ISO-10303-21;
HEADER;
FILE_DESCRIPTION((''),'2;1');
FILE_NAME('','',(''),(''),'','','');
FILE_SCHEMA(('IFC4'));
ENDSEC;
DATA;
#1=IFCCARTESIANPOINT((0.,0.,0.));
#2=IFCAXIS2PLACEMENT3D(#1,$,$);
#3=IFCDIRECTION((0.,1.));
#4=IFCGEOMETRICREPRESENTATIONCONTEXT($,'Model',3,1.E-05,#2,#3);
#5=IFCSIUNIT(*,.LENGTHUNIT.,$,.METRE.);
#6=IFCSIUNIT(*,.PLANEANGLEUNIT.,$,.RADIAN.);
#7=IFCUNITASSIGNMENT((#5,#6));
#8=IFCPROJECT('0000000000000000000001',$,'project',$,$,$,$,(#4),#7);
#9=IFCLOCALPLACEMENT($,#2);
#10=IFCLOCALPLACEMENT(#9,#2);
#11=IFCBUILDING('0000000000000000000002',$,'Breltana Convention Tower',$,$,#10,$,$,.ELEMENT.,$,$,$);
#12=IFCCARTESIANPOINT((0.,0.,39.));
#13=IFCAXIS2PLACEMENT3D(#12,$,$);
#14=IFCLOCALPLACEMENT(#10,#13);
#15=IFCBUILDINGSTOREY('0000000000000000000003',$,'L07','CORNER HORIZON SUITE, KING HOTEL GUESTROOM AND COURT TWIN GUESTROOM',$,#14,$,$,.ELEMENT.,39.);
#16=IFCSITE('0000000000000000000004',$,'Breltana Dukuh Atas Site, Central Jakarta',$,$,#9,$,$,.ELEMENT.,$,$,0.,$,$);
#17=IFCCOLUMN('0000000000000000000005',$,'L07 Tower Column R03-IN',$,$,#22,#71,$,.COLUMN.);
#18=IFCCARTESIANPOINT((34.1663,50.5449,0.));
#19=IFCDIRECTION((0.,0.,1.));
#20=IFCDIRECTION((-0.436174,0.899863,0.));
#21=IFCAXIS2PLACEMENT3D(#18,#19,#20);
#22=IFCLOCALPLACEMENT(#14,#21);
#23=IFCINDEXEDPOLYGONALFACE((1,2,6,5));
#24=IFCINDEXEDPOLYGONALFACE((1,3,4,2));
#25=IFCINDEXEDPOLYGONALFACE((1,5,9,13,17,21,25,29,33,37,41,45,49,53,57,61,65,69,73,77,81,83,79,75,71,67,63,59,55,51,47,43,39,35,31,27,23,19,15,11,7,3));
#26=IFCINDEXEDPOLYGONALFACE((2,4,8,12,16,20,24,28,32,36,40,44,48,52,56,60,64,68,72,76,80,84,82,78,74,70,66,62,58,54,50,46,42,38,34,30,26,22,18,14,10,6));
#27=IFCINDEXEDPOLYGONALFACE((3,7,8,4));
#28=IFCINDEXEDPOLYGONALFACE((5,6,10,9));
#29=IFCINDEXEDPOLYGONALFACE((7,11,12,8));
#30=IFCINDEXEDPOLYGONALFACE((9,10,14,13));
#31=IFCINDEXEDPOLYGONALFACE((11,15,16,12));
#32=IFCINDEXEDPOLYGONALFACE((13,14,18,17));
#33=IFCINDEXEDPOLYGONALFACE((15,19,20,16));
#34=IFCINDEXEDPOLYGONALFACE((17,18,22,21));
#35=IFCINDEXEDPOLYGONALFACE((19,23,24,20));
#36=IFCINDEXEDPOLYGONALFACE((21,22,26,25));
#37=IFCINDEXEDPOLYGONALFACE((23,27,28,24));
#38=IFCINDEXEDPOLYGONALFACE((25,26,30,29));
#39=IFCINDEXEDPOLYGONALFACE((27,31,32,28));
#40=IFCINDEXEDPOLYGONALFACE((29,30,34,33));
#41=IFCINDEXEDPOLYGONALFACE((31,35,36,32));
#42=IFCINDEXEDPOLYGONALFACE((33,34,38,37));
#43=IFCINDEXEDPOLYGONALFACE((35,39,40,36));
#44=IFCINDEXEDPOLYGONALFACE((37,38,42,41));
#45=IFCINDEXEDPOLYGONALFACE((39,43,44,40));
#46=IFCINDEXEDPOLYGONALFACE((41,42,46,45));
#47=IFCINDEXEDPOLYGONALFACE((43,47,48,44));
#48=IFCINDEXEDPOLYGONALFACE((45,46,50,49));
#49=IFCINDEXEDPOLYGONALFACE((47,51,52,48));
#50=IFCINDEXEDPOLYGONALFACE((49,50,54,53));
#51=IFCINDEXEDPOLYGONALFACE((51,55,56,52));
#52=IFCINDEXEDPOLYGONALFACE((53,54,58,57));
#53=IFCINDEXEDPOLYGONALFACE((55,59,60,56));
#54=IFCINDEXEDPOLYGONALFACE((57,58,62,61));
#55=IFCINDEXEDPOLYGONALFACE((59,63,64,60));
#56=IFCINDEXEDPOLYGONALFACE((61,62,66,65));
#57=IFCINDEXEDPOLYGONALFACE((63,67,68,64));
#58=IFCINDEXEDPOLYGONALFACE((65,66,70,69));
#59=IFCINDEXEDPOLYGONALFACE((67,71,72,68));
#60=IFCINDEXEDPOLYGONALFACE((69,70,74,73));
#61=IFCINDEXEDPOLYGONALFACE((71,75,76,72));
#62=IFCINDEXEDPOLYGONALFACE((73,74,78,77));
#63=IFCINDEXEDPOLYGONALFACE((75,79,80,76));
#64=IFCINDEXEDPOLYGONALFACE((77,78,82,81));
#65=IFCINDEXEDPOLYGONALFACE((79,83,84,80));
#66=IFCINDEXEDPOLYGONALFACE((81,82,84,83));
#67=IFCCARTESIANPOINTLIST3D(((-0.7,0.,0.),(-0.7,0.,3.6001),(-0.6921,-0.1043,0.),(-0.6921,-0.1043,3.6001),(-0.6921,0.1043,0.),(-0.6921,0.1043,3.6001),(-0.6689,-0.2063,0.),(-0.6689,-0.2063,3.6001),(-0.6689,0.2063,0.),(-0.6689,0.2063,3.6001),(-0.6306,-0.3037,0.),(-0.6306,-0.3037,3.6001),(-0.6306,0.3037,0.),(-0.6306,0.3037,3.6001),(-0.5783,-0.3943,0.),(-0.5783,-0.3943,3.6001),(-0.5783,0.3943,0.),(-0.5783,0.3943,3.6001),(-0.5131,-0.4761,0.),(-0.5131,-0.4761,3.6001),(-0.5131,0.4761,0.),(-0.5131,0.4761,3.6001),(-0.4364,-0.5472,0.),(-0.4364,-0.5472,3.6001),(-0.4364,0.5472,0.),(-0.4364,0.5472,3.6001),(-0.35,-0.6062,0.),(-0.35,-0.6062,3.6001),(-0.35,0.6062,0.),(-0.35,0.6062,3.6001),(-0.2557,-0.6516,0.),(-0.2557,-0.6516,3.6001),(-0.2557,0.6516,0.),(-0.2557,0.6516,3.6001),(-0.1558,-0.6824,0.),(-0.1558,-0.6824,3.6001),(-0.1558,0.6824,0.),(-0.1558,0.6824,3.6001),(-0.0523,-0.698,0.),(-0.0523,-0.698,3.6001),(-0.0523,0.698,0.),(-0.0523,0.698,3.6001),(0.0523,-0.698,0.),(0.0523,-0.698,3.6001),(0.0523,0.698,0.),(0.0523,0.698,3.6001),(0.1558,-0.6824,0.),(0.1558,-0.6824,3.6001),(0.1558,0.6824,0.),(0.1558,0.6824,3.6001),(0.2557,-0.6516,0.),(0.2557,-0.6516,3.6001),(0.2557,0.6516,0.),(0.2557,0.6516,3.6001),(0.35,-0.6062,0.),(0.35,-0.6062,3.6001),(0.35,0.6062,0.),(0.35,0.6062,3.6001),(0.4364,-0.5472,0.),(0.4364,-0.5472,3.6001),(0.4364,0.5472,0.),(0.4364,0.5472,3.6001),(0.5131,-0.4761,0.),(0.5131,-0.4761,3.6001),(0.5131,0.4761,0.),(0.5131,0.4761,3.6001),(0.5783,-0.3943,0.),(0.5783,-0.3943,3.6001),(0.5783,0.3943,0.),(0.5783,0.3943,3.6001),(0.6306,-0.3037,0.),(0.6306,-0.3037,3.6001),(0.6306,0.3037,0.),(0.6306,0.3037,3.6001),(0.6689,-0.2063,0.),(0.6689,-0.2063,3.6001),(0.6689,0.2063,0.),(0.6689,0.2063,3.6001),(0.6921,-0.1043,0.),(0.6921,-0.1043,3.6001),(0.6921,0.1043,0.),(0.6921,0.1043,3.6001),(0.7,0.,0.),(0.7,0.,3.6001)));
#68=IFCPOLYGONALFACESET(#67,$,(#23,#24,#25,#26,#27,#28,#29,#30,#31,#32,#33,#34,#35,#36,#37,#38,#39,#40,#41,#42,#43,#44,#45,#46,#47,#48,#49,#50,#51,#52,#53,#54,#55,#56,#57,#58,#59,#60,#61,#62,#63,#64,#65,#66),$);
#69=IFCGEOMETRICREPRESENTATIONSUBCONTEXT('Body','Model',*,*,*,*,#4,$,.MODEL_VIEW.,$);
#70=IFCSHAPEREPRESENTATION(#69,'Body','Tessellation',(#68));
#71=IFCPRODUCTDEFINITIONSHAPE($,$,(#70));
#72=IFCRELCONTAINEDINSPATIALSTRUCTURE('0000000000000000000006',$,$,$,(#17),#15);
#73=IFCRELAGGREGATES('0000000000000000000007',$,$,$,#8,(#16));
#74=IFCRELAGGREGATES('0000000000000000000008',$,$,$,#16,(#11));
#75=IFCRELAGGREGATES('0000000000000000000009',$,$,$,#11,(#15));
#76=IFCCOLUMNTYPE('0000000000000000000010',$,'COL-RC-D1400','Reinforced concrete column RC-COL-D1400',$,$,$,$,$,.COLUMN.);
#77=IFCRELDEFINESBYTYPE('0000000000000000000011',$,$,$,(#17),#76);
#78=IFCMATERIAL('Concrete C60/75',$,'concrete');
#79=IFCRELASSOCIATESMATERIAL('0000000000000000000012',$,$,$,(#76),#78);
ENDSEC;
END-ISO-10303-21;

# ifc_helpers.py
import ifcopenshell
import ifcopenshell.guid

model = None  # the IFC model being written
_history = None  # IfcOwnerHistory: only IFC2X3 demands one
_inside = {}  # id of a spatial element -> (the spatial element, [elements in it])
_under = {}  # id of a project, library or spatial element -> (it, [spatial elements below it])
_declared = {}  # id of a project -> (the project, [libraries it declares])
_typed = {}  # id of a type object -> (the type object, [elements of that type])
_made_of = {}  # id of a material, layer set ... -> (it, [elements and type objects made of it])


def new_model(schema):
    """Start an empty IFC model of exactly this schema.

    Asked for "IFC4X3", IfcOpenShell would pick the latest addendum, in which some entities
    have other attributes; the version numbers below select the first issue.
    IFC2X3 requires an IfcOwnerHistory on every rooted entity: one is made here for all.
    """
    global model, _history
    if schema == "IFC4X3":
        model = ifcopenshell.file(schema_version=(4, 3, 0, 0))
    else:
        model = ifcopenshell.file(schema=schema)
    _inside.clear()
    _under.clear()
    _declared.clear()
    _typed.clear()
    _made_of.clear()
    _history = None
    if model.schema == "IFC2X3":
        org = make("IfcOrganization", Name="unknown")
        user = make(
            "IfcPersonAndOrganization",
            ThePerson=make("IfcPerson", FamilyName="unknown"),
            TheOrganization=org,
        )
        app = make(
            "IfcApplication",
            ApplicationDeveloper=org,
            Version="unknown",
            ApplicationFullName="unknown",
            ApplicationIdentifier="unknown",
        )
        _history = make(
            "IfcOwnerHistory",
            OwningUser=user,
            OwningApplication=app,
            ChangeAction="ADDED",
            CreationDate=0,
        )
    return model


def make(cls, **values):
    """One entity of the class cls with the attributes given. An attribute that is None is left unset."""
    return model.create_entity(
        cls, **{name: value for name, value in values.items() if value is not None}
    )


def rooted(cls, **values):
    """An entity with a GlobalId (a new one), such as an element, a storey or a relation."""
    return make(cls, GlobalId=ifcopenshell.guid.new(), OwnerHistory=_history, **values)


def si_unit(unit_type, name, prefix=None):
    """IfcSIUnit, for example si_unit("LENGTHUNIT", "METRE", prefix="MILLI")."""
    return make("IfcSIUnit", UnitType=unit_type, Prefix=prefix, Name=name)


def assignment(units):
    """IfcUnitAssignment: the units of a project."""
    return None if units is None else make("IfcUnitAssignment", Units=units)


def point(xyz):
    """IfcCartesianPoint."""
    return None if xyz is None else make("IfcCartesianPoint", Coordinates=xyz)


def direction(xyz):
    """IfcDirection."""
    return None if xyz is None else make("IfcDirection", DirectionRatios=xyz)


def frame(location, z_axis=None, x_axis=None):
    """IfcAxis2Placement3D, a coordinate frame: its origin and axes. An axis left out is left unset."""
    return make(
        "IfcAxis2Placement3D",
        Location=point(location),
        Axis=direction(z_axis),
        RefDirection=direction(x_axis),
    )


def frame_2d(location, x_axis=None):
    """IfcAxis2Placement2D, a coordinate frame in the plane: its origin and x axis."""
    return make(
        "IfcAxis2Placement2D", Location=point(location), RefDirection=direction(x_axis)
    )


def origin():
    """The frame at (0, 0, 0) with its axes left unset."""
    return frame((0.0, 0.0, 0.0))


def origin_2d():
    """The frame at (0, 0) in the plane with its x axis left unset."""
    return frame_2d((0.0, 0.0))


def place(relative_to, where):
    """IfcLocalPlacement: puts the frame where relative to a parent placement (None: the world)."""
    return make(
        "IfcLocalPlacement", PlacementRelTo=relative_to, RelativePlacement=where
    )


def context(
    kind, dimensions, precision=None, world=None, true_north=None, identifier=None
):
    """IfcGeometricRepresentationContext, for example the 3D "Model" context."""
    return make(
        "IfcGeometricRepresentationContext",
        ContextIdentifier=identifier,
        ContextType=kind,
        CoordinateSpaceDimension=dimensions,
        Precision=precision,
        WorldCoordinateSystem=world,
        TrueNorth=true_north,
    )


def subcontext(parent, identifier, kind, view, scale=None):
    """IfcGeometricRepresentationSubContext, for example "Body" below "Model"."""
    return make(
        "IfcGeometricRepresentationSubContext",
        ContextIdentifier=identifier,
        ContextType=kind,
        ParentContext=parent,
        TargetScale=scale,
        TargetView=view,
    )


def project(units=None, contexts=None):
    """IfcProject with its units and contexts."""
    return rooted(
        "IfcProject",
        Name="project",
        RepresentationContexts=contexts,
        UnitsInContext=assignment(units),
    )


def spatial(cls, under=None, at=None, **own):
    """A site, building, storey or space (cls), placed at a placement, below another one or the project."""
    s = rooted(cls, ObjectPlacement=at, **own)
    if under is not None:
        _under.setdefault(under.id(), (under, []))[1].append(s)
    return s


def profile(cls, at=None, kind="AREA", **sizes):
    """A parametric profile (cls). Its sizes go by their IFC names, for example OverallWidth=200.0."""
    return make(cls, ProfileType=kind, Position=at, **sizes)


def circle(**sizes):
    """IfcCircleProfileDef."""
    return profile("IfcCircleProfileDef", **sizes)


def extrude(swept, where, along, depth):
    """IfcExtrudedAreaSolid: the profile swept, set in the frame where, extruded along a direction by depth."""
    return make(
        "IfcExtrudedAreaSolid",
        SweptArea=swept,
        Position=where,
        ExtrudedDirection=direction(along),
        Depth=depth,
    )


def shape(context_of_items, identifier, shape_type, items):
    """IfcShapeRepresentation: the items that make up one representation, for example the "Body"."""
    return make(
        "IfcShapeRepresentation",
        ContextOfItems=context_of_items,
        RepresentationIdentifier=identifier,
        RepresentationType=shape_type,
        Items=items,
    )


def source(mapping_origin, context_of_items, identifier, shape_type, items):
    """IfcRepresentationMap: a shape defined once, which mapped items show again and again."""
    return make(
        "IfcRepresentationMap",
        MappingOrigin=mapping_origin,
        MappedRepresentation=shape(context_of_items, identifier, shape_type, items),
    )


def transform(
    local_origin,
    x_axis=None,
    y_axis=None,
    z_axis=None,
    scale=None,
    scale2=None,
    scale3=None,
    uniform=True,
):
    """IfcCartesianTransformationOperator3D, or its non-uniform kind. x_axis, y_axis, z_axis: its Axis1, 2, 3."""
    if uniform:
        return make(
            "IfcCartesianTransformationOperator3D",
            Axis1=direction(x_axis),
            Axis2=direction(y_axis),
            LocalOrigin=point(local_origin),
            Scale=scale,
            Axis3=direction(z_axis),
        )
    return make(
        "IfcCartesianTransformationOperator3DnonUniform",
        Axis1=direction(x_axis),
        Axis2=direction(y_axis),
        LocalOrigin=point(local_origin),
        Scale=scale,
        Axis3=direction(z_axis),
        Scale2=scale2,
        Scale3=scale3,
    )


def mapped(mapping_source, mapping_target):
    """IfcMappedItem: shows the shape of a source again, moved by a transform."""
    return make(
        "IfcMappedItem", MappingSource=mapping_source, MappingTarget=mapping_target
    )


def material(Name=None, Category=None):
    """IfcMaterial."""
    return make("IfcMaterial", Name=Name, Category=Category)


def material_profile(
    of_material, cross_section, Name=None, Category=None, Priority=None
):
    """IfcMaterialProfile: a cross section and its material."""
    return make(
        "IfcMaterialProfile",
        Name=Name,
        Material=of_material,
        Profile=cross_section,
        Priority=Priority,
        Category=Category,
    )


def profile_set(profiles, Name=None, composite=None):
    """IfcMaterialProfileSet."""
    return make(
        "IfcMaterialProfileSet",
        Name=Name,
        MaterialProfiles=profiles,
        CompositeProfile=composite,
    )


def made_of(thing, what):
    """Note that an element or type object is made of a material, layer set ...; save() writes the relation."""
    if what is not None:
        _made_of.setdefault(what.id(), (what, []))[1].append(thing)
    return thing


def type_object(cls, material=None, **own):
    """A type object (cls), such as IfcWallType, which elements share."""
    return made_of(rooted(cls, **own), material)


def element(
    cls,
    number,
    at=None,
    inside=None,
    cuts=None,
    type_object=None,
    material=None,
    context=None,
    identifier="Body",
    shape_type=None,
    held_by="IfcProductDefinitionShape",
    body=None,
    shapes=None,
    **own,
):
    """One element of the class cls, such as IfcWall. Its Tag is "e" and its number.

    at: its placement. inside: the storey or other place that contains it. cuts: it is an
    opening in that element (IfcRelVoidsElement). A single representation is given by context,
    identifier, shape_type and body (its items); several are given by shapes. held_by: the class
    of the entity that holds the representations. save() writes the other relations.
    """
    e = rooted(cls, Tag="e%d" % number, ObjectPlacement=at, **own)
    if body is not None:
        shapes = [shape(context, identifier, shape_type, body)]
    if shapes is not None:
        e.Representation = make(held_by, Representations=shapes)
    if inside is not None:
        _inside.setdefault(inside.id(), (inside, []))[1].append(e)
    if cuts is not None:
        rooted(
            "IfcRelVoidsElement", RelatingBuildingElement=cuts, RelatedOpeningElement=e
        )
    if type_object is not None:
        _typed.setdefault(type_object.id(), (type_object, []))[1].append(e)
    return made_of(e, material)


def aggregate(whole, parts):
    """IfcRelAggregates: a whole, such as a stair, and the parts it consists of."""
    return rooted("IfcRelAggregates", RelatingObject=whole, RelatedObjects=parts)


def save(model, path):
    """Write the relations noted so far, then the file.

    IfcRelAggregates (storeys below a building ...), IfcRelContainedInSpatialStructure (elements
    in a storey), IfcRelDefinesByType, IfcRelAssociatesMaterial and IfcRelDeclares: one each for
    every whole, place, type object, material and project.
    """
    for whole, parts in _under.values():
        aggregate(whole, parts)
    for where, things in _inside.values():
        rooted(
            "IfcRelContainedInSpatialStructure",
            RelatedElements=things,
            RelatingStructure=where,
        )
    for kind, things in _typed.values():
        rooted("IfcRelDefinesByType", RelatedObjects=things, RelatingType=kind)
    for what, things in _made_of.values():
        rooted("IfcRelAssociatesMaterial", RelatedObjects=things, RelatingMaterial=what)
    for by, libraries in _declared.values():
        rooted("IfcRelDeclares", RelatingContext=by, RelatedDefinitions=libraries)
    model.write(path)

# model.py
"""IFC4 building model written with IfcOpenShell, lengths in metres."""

from ifc_helpers import new_model, si_unit, direction, frame, origin, origin_2d, place, context, subcontext, project, spatial, circle, extrude, source, transform, mapped, material, material_profile, profile_set, type_object, element, save


model = new_model("IFC4")

# Units and contexts
model_context = context("Model", 3, precision=1e-05, world=origin(), true_north=direction((0.0, 1.0)))
body_context = subcontext(model_context, "Body", "Model", "MODEL_VIEW")
ifc_project = project(units=[si_unit("LENGTHUNIT", "METRE"), si_unit("PLANEANGLEUNIT", "RADIAN")], contexts=[model_context])

# Site, building, storey
site_placement = place(None, origin())
site = spatial("IfcSite", under=ifc_project, at=site_placement, Name="Breltana Dukuh Atas Site, Central Jakarta", CompositionType="ELEMENT", RefElevation=0.0)
building_placement = place(site_placement, origin())
building = spatial("IfcBuilding", under=site, at=building_placement, Name="Breltana Convention Tower", CompositionType="ELEMENT")
storey_placement = place(building_placement, frame((0.0, 0.0, 39.0)))
storey = spatial("IfcBuildingStorey", under=building, at=storey_placement, Name="L07", Description="CORNER HORIZON SUITE, KING HOTEL GUESTROOM AND COURT TWIN GUESTROOM", CompositionType="ELEMENT", Elevation=39.0)

# Column
ifc_material_1 = material(Name="Concrete C60/75", Category="concrete")
ifc_material_profile_1 = material_profile(ifc_material_1, circle(Radius=0.7, at=origin_2d()), Name="RC-COL-D1400")
ifc_profile_set_1 = profile_set([ifc_material_profile_1], Name="Concrete C60/75")
column_type = type_object("IfcColumnType", Name="COL-RC-D1400", Description="Reinforced concrete column RC-COL-D1400", PredefinedType="COLUMN", material=ifc_profile_set_1)
shared_shape_1 = source(origin(), body_context, "Body", "SweptSolid", [
    extrude(circle(Radius=0.7, at=origin_2d()), origin(), (0.0, 0.0, 1.0), 3.6001),
])
column_placement = place(storey_placement, frame((34.1663, 50.5449, 0.0), z_axis=(0.0, 0.0, 1.0), x_axis=(-0.436174, 0.899863, 0.0)))
element("IfcColumn", 1, at=column_placement, inside=storey, type_object=column_type, Name="L07 Tower Column R03-IN", PredefinedType="COLUMN", context=body_context, shape_type="MappedRepresentation", body=[
    mapped(shared_shape_1, transform((0.0, 0.0, 0.0), scale=1.0)),
])

save(model, "model.ifc")
